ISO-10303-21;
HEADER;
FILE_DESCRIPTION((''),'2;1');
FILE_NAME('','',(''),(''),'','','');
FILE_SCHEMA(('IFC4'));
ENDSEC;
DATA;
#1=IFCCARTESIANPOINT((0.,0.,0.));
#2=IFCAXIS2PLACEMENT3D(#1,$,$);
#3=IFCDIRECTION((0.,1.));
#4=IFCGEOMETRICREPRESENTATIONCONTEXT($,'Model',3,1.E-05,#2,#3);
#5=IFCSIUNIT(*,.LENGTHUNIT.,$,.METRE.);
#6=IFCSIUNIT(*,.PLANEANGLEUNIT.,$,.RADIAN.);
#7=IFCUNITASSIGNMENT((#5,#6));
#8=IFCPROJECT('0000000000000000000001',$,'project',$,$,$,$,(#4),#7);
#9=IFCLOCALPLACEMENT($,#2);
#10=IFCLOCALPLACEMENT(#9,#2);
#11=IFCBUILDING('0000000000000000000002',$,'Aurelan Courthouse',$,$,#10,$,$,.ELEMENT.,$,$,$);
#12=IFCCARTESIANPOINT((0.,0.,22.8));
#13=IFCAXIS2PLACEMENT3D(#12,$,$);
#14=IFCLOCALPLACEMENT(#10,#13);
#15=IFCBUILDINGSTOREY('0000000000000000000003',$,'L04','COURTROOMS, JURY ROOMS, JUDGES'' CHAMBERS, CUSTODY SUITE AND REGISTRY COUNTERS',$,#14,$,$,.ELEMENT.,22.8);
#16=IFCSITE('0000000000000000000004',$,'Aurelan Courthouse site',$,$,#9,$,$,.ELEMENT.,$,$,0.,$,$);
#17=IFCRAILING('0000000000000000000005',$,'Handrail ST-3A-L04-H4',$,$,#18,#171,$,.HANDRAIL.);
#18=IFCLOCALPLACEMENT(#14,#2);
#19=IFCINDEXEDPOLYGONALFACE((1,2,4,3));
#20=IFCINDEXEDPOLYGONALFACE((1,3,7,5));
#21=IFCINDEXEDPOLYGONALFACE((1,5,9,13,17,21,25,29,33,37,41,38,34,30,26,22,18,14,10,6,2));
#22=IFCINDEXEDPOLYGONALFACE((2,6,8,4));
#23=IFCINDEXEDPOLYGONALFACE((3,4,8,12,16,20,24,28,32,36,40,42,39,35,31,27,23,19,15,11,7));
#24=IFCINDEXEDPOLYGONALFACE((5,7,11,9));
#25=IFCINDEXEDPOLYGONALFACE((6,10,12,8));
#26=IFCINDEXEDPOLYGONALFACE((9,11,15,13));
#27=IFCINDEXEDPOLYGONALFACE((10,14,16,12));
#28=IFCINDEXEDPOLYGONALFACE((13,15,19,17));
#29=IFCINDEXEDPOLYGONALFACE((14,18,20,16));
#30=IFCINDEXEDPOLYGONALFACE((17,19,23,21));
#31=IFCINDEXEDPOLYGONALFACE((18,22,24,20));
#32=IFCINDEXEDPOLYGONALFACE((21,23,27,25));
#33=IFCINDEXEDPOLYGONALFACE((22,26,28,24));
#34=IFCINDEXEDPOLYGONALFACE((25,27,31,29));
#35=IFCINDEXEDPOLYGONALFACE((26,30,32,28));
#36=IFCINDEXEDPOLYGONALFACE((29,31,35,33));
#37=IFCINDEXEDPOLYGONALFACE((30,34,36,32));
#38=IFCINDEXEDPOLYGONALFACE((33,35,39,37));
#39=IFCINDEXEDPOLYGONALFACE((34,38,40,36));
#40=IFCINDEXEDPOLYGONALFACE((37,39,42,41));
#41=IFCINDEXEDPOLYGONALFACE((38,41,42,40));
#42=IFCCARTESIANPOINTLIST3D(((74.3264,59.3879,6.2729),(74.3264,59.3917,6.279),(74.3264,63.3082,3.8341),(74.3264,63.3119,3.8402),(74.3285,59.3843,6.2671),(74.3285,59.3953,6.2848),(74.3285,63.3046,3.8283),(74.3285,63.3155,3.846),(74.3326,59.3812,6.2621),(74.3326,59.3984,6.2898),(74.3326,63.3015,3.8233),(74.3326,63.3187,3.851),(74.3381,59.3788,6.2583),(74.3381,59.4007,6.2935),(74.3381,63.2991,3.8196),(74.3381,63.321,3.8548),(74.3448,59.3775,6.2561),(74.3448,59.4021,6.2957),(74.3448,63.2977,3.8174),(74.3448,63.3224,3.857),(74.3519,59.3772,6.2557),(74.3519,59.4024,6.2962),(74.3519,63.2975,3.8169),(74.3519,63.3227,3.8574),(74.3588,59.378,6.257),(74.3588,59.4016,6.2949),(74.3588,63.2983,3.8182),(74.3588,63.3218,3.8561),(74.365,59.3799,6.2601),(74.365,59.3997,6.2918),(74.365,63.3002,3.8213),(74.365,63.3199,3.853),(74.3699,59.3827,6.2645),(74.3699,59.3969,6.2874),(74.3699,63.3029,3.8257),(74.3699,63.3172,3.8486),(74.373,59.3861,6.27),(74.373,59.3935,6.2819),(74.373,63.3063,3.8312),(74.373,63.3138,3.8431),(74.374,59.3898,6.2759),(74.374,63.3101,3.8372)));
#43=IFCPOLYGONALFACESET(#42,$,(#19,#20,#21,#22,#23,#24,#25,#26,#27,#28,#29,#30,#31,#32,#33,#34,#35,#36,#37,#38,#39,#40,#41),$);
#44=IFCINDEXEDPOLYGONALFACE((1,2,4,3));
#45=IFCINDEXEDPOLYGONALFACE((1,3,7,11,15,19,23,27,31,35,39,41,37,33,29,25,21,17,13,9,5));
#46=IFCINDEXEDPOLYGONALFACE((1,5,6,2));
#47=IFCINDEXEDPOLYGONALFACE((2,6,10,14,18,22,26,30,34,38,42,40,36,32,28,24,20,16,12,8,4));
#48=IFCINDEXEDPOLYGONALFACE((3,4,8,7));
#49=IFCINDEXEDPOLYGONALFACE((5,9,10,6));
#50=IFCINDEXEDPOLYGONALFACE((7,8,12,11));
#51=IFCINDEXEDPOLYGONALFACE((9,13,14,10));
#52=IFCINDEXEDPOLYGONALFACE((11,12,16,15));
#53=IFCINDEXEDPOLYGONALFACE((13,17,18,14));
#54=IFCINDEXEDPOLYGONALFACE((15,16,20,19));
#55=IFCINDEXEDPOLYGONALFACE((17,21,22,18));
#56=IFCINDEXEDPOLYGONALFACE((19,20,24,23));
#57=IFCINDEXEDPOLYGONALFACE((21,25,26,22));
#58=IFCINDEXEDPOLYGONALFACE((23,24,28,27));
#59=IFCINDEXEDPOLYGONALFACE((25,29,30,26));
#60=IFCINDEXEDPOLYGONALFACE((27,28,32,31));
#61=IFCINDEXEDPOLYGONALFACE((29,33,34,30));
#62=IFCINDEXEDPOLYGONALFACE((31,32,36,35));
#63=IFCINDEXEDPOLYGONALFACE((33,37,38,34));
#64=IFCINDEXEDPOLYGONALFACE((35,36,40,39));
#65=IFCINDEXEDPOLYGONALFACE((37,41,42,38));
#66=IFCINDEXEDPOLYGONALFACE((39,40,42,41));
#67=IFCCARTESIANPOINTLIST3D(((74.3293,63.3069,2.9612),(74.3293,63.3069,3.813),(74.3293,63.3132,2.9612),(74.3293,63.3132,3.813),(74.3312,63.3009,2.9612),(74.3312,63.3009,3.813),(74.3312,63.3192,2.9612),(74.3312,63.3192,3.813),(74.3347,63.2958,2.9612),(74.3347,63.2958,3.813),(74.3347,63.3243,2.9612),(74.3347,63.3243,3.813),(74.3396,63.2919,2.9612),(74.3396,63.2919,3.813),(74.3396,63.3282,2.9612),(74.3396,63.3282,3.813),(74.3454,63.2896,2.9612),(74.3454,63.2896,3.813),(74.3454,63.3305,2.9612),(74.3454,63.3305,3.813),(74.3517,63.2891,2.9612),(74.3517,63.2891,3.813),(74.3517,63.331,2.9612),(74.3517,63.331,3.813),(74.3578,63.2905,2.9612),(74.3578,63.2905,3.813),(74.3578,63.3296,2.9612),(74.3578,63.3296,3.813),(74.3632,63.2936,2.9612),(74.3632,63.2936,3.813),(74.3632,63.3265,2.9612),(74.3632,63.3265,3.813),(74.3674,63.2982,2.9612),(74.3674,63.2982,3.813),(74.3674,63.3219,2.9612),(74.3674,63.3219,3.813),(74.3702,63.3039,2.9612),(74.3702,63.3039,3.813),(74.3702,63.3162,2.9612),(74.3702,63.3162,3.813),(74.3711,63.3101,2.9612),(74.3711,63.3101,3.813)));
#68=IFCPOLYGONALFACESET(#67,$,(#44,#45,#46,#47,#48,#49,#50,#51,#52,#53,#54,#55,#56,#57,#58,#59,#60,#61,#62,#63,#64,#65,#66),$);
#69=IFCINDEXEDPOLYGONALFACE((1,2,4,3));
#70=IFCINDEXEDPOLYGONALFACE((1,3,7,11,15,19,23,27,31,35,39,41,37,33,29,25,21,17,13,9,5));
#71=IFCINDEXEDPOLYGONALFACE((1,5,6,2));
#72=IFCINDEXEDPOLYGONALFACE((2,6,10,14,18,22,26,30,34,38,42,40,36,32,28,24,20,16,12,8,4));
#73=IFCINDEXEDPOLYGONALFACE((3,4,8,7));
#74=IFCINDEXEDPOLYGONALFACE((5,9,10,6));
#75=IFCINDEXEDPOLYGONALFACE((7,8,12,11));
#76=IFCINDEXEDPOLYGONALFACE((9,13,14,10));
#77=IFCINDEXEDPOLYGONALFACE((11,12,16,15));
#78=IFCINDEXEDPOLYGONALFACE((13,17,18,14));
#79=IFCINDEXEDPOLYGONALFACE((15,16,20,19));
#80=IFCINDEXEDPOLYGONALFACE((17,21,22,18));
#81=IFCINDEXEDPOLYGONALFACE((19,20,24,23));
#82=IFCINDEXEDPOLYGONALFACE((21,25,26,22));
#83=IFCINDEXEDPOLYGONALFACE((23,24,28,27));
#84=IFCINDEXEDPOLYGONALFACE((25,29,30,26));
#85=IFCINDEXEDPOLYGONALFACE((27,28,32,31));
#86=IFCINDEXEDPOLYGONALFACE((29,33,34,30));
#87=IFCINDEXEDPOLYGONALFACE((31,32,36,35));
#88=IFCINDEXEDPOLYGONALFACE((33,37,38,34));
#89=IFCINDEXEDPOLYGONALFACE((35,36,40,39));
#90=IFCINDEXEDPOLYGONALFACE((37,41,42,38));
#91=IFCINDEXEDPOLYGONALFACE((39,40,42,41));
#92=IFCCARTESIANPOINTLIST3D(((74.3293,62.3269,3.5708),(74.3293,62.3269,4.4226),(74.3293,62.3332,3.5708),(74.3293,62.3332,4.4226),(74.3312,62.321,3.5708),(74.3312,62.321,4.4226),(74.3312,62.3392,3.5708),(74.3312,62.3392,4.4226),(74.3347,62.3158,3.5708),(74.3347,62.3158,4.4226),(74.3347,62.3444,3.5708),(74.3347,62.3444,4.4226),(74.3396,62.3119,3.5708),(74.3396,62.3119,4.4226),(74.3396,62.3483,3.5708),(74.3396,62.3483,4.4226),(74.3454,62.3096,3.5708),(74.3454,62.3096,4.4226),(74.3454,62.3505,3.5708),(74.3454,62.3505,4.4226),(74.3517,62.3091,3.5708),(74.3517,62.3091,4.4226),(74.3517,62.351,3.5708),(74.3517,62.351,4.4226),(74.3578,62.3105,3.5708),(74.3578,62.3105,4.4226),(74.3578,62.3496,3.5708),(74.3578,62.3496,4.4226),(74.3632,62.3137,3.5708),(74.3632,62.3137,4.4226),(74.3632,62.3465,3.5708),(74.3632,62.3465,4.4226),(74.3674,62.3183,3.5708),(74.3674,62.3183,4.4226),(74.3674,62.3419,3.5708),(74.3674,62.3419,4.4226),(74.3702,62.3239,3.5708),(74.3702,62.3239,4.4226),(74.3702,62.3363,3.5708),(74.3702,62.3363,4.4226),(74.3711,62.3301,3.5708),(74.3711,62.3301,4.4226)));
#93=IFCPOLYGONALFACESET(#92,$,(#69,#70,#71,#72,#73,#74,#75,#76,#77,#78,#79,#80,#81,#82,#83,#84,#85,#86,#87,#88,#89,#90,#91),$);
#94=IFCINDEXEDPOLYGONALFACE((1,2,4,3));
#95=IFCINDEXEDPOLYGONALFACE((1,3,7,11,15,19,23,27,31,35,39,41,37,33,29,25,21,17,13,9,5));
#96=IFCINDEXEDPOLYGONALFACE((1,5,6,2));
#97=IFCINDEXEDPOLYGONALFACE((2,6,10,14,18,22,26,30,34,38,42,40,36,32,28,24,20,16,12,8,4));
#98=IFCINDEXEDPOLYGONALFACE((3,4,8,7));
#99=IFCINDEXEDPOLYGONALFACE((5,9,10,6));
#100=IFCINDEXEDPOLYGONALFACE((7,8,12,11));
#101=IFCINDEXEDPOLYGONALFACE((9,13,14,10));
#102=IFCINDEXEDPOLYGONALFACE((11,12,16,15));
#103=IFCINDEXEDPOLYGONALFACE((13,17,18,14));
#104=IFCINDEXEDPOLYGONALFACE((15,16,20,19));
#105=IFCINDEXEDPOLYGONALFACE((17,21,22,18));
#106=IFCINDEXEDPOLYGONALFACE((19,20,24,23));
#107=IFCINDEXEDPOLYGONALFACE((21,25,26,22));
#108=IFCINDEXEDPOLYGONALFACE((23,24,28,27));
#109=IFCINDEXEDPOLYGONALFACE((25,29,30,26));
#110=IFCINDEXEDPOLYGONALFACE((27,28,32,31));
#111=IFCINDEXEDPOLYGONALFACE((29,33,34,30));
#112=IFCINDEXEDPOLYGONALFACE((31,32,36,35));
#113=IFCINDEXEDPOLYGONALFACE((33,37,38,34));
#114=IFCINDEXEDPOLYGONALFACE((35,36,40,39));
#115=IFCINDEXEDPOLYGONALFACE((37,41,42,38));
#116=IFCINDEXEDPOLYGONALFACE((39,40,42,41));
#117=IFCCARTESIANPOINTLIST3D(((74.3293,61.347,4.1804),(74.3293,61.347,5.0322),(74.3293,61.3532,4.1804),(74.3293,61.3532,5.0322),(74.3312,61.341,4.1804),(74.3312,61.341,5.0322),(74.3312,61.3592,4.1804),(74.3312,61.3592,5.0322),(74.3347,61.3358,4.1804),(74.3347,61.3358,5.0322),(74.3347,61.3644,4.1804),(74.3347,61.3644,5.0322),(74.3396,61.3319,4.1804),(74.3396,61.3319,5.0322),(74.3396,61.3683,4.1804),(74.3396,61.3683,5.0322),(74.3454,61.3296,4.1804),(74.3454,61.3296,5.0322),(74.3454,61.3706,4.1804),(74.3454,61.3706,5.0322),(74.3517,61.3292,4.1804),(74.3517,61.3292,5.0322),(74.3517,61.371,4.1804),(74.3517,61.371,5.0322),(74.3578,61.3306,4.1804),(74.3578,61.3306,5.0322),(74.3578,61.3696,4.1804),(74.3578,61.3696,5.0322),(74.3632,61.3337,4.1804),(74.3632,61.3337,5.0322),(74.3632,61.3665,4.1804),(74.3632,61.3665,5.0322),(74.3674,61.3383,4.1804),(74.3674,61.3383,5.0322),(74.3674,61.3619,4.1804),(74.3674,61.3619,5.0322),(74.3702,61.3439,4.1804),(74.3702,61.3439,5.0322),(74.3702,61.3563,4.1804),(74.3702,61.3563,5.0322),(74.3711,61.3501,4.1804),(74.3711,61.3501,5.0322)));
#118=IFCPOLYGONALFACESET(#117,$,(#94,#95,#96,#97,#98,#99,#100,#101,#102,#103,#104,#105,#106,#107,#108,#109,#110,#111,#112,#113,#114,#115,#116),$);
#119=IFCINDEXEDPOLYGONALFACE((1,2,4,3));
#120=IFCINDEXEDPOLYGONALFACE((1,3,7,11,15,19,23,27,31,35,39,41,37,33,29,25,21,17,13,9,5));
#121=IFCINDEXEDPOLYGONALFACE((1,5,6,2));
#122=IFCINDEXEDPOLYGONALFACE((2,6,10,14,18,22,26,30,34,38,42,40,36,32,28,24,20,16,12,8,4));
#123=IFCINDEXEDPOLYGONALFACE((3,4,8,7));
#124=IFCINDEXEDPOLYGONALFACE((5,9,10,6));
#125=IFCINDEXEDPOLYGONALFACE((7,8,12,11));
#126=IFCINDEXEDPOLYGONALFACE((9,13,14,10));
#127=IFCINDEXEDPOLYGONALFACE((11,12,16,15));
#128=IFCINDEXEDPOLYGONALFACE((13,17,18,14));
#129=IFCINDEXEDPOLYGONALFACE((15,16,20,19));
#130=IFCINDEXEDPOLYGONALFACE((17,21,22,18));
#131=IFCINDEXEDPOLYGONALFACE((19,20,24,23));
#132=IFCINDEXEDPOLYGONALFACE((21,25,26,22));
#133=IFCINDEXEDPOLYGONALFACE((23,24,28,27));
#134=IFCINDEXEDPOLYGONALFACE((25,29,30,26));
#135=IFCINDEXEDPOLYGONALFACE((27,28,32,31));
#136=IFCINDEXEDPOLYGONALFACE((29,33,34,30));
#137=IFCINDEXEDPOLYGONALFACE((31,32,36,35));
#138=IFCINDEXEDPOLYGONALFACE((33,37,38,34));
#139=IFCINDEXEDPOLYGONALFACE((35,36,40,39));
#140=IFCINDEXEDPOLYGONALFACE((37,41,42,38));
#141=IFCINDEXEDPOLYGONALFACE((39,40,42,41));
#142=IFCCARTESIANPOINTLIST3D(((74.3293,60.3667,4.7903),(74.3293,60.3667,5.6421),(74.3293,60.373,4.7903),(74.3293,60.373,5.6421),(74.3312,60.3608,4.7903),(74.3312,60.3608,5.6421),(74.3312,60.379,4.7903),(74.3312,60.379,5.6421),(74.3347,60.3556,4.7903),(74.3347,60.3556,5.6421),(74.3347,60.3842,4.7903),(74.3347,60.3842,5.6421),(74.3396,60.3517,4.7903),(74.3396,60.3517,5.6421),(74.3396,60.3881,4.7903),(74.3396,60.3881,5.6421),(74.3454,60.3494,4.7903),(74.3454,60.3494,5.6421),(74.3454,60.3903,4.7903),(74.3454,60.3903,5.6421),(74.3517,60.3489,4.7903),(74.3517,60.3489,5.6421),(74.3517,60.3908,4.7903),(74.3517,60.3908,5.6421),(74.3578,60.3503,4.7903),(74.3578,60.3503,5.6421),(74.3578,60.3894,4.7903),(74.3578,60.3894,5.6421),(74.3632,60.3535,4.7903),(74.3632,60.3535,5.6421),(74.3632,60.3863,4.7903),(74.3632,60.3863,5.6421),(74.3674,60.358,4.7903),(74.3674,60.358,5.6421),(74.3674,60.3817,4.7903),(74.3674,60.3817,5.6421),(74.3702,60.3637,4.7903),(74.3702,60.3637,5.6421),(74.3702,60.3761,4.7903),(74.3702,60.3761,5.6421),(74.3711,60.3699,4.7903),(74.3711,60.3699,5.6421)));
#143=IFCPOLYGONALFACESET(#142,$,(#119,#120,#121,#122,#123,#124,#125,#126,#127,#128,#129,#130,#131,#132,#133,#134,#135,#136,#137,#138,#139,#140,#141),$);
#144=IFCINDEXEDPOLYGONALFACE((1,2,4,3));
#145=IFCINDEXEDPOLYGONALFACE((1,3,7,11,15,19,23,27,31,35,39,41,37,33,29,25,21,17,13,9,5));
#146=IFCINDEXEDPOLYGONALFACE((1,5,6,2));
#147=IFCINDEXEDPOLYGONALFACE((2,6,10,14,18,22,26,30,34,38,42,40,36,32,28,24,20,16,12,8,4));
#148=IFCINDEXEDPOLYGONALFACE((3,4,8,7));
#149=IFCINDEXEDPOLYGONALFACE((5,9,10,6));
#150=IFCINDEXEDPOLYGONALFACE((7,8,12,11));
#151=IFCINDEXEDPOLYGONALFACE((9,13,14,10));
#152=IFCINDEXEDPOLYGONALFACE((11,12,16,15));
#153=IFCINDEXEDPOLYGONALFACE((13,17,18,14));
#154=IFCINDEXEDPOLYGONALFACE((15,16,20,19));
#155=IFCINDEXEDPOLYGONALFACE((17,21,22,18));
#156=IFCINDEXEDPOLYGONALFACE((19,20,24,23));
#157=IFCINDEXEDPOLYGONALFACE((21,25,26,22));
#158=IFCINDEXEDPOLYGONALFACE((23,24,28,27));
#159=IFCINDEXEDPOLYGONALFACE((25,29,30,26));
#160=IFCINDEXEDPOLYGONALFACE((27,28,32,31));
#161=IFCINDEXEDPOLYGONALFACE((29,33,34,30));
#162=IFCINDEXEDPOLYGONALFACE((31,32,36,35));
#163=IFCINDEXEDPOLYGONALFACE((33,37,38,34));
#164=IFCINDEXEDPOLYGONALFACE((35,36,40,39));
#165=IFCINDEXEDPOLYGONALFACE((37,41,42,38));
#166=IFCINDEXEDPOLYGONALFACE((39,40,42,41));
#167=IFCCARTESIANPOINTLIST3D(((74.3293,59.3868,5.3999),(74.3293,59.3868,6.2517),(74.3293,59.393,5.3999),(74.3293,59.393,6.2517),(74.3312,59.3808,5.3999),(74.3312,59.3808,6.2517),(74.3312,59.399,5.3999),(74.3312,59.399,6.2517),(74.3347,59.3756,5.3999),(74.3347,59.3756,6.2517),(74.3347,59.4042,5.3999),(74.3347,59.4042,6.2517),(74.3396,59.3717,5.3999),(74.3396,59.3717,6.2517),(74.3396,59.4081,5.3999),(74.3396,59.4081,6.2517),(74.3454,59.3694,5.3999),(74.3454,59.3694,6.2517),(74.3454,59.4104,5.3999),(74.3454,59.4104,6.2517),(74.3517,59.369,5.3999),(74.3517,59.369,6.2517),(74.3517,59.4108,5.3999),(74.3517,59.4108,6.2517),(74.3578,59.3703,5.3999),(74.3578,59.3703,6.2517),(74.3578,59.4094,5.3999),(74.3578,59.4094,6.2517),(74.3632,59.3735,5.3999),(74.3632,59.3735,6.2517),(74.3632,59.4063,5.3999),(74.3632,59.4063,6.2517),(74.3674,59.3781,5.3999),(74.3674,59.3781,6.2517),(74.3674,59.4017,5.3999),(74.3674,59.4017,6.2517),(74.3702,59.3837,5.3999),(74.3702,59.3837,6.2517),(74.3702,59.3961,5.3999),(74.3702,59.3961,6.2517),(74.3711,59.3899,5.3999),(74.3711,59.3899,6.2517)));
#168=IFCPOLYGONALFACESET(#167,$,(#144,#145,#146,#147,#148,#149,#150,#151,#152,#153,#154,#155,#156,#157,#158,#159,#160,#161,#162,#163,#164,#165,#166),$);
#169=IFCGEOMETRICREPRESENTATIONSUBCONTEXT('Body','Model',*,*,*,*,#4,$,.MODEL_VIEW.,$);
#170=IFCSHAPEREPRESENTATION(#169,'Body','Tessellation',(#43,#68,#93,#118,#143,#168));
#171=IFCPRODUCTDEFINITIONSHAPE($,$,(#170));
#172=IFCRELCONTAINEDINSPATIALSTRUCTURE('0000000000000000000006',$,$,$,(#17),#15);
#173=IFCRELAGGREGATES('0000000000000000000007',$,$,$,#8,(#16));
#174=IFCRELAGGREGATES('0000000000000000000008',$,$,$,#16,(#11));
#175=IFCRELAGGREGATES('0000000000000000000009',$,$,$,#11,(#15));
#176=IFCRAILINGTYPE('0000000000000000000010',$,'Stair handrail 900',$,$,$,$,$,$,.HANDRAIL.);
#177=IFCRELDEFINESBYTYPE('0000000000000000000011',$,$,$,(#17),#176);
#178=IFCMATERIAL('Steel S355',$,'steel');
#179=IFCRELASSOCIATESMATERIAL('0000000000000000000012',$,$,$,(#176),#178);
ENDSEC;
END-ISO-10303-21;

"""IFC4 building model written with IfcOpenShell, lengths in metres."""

from ifc_helpers import new_model, si_unit, direction, frame, origin, origin_2d, place, context, subcontext, project, spatial, circle, extrude, material, type_object, element, save


model = new_model("IFC4")

# Units and contexts
model_context = context("Model", 3, precision=1e-05, world=origin(), true_north=direction((0.0, 1.0)))
body_context = subcontext(model_context, "Body", "Model", "MODEL_VIEW")
ifc_project = project(units=[si_unit("LENGTHUNIT", "METRE"), si_unit("PLANEANGLEUNIT", "RADIAN")], contexts=[model_context])

# Site, building, storey
site_placement = place(None, origin())
site = spatial("IfcSite", under=ifc_project, at=site_placement, Name="Aurelan Courthouse site", CompositionType="ELEMENT", RefElevation=0.0)
building_placement = place(site_placement, origin())
building = spatial("IfcBuilding", under=site, at=building_placement, Name="Aurelan Courthouse", CompositionType="ELEMENT")
storey_placement = place(building_placement, frame((0.0, 0.0, 22.8)))
storey = spatial("IfcBuildingStorey", under=building, at=storey_placement, Name="L04", Description="COURTROOMS, JURY ROOMS, JUDGES' CHAMBERS, CUSTODY SUITE AND REGISTRY COUNTERS", CompositionType="ELEMENT", Elevation=22.8)

# Railing
ifc_material_1 = material(Name="Steel S355", Category="steel")
railing_type_1 = type_object("IfcRailingType", Name="Stair handrail 900", PredefinedType="HANDRAIL", material=ifc_material_1)
for number, where, name in (
    (1, (74.3501, 63.3101, 2.9612), "Handrail ST-3A-L04-H4"),
):
    element("IfcRailing", number, at=place(storey_placement, frame(where)), inside=storey, type_object=railing_type_1, Name=name, PredefinedType="HANDRAIL", context=body_context, shape_type="SweptSolid", body=[
        extrude(circle(Radius=0.0239, at=origin_2d()), frame((0.0, 0.0, 0.876), z_axis=(0.0, -0.849105, 0.528225), x_axis=(1.0, 0.0, 0.0)), (0.0, 0.0, 1.0), 4.6169),
        extrude(circle(Radius=0.021, at=origin_2d()), origin(), (0.0, 0.0, 1.0), 0.8518),
        extrude(circle(Radius=0.021, at=origin_2d()), frame((0.0, -0.98, 0.6096)), (0.0, 0.0, 1.0), 0.8518),
        extrude(circle(Radius=0.021, at=origin_2d()), frame((0.0, -1.96, 1.2192)), (0.0, 0.0, 1.0), 0.8518),
        extrude(circle(Radius=0.021, at=origin_2d()), frame((0.0, -2.9402, 1.8291)), (0.0, 0.0, 1.0), 0.8518),
        extrude(circle(Radius=0.021, at=origin_2d()), frame((0.0, -3.9202, 2.4387)), (0.0, 0.0, 1.0), 0.8518),
    ])

save(model, "model.ifc")
